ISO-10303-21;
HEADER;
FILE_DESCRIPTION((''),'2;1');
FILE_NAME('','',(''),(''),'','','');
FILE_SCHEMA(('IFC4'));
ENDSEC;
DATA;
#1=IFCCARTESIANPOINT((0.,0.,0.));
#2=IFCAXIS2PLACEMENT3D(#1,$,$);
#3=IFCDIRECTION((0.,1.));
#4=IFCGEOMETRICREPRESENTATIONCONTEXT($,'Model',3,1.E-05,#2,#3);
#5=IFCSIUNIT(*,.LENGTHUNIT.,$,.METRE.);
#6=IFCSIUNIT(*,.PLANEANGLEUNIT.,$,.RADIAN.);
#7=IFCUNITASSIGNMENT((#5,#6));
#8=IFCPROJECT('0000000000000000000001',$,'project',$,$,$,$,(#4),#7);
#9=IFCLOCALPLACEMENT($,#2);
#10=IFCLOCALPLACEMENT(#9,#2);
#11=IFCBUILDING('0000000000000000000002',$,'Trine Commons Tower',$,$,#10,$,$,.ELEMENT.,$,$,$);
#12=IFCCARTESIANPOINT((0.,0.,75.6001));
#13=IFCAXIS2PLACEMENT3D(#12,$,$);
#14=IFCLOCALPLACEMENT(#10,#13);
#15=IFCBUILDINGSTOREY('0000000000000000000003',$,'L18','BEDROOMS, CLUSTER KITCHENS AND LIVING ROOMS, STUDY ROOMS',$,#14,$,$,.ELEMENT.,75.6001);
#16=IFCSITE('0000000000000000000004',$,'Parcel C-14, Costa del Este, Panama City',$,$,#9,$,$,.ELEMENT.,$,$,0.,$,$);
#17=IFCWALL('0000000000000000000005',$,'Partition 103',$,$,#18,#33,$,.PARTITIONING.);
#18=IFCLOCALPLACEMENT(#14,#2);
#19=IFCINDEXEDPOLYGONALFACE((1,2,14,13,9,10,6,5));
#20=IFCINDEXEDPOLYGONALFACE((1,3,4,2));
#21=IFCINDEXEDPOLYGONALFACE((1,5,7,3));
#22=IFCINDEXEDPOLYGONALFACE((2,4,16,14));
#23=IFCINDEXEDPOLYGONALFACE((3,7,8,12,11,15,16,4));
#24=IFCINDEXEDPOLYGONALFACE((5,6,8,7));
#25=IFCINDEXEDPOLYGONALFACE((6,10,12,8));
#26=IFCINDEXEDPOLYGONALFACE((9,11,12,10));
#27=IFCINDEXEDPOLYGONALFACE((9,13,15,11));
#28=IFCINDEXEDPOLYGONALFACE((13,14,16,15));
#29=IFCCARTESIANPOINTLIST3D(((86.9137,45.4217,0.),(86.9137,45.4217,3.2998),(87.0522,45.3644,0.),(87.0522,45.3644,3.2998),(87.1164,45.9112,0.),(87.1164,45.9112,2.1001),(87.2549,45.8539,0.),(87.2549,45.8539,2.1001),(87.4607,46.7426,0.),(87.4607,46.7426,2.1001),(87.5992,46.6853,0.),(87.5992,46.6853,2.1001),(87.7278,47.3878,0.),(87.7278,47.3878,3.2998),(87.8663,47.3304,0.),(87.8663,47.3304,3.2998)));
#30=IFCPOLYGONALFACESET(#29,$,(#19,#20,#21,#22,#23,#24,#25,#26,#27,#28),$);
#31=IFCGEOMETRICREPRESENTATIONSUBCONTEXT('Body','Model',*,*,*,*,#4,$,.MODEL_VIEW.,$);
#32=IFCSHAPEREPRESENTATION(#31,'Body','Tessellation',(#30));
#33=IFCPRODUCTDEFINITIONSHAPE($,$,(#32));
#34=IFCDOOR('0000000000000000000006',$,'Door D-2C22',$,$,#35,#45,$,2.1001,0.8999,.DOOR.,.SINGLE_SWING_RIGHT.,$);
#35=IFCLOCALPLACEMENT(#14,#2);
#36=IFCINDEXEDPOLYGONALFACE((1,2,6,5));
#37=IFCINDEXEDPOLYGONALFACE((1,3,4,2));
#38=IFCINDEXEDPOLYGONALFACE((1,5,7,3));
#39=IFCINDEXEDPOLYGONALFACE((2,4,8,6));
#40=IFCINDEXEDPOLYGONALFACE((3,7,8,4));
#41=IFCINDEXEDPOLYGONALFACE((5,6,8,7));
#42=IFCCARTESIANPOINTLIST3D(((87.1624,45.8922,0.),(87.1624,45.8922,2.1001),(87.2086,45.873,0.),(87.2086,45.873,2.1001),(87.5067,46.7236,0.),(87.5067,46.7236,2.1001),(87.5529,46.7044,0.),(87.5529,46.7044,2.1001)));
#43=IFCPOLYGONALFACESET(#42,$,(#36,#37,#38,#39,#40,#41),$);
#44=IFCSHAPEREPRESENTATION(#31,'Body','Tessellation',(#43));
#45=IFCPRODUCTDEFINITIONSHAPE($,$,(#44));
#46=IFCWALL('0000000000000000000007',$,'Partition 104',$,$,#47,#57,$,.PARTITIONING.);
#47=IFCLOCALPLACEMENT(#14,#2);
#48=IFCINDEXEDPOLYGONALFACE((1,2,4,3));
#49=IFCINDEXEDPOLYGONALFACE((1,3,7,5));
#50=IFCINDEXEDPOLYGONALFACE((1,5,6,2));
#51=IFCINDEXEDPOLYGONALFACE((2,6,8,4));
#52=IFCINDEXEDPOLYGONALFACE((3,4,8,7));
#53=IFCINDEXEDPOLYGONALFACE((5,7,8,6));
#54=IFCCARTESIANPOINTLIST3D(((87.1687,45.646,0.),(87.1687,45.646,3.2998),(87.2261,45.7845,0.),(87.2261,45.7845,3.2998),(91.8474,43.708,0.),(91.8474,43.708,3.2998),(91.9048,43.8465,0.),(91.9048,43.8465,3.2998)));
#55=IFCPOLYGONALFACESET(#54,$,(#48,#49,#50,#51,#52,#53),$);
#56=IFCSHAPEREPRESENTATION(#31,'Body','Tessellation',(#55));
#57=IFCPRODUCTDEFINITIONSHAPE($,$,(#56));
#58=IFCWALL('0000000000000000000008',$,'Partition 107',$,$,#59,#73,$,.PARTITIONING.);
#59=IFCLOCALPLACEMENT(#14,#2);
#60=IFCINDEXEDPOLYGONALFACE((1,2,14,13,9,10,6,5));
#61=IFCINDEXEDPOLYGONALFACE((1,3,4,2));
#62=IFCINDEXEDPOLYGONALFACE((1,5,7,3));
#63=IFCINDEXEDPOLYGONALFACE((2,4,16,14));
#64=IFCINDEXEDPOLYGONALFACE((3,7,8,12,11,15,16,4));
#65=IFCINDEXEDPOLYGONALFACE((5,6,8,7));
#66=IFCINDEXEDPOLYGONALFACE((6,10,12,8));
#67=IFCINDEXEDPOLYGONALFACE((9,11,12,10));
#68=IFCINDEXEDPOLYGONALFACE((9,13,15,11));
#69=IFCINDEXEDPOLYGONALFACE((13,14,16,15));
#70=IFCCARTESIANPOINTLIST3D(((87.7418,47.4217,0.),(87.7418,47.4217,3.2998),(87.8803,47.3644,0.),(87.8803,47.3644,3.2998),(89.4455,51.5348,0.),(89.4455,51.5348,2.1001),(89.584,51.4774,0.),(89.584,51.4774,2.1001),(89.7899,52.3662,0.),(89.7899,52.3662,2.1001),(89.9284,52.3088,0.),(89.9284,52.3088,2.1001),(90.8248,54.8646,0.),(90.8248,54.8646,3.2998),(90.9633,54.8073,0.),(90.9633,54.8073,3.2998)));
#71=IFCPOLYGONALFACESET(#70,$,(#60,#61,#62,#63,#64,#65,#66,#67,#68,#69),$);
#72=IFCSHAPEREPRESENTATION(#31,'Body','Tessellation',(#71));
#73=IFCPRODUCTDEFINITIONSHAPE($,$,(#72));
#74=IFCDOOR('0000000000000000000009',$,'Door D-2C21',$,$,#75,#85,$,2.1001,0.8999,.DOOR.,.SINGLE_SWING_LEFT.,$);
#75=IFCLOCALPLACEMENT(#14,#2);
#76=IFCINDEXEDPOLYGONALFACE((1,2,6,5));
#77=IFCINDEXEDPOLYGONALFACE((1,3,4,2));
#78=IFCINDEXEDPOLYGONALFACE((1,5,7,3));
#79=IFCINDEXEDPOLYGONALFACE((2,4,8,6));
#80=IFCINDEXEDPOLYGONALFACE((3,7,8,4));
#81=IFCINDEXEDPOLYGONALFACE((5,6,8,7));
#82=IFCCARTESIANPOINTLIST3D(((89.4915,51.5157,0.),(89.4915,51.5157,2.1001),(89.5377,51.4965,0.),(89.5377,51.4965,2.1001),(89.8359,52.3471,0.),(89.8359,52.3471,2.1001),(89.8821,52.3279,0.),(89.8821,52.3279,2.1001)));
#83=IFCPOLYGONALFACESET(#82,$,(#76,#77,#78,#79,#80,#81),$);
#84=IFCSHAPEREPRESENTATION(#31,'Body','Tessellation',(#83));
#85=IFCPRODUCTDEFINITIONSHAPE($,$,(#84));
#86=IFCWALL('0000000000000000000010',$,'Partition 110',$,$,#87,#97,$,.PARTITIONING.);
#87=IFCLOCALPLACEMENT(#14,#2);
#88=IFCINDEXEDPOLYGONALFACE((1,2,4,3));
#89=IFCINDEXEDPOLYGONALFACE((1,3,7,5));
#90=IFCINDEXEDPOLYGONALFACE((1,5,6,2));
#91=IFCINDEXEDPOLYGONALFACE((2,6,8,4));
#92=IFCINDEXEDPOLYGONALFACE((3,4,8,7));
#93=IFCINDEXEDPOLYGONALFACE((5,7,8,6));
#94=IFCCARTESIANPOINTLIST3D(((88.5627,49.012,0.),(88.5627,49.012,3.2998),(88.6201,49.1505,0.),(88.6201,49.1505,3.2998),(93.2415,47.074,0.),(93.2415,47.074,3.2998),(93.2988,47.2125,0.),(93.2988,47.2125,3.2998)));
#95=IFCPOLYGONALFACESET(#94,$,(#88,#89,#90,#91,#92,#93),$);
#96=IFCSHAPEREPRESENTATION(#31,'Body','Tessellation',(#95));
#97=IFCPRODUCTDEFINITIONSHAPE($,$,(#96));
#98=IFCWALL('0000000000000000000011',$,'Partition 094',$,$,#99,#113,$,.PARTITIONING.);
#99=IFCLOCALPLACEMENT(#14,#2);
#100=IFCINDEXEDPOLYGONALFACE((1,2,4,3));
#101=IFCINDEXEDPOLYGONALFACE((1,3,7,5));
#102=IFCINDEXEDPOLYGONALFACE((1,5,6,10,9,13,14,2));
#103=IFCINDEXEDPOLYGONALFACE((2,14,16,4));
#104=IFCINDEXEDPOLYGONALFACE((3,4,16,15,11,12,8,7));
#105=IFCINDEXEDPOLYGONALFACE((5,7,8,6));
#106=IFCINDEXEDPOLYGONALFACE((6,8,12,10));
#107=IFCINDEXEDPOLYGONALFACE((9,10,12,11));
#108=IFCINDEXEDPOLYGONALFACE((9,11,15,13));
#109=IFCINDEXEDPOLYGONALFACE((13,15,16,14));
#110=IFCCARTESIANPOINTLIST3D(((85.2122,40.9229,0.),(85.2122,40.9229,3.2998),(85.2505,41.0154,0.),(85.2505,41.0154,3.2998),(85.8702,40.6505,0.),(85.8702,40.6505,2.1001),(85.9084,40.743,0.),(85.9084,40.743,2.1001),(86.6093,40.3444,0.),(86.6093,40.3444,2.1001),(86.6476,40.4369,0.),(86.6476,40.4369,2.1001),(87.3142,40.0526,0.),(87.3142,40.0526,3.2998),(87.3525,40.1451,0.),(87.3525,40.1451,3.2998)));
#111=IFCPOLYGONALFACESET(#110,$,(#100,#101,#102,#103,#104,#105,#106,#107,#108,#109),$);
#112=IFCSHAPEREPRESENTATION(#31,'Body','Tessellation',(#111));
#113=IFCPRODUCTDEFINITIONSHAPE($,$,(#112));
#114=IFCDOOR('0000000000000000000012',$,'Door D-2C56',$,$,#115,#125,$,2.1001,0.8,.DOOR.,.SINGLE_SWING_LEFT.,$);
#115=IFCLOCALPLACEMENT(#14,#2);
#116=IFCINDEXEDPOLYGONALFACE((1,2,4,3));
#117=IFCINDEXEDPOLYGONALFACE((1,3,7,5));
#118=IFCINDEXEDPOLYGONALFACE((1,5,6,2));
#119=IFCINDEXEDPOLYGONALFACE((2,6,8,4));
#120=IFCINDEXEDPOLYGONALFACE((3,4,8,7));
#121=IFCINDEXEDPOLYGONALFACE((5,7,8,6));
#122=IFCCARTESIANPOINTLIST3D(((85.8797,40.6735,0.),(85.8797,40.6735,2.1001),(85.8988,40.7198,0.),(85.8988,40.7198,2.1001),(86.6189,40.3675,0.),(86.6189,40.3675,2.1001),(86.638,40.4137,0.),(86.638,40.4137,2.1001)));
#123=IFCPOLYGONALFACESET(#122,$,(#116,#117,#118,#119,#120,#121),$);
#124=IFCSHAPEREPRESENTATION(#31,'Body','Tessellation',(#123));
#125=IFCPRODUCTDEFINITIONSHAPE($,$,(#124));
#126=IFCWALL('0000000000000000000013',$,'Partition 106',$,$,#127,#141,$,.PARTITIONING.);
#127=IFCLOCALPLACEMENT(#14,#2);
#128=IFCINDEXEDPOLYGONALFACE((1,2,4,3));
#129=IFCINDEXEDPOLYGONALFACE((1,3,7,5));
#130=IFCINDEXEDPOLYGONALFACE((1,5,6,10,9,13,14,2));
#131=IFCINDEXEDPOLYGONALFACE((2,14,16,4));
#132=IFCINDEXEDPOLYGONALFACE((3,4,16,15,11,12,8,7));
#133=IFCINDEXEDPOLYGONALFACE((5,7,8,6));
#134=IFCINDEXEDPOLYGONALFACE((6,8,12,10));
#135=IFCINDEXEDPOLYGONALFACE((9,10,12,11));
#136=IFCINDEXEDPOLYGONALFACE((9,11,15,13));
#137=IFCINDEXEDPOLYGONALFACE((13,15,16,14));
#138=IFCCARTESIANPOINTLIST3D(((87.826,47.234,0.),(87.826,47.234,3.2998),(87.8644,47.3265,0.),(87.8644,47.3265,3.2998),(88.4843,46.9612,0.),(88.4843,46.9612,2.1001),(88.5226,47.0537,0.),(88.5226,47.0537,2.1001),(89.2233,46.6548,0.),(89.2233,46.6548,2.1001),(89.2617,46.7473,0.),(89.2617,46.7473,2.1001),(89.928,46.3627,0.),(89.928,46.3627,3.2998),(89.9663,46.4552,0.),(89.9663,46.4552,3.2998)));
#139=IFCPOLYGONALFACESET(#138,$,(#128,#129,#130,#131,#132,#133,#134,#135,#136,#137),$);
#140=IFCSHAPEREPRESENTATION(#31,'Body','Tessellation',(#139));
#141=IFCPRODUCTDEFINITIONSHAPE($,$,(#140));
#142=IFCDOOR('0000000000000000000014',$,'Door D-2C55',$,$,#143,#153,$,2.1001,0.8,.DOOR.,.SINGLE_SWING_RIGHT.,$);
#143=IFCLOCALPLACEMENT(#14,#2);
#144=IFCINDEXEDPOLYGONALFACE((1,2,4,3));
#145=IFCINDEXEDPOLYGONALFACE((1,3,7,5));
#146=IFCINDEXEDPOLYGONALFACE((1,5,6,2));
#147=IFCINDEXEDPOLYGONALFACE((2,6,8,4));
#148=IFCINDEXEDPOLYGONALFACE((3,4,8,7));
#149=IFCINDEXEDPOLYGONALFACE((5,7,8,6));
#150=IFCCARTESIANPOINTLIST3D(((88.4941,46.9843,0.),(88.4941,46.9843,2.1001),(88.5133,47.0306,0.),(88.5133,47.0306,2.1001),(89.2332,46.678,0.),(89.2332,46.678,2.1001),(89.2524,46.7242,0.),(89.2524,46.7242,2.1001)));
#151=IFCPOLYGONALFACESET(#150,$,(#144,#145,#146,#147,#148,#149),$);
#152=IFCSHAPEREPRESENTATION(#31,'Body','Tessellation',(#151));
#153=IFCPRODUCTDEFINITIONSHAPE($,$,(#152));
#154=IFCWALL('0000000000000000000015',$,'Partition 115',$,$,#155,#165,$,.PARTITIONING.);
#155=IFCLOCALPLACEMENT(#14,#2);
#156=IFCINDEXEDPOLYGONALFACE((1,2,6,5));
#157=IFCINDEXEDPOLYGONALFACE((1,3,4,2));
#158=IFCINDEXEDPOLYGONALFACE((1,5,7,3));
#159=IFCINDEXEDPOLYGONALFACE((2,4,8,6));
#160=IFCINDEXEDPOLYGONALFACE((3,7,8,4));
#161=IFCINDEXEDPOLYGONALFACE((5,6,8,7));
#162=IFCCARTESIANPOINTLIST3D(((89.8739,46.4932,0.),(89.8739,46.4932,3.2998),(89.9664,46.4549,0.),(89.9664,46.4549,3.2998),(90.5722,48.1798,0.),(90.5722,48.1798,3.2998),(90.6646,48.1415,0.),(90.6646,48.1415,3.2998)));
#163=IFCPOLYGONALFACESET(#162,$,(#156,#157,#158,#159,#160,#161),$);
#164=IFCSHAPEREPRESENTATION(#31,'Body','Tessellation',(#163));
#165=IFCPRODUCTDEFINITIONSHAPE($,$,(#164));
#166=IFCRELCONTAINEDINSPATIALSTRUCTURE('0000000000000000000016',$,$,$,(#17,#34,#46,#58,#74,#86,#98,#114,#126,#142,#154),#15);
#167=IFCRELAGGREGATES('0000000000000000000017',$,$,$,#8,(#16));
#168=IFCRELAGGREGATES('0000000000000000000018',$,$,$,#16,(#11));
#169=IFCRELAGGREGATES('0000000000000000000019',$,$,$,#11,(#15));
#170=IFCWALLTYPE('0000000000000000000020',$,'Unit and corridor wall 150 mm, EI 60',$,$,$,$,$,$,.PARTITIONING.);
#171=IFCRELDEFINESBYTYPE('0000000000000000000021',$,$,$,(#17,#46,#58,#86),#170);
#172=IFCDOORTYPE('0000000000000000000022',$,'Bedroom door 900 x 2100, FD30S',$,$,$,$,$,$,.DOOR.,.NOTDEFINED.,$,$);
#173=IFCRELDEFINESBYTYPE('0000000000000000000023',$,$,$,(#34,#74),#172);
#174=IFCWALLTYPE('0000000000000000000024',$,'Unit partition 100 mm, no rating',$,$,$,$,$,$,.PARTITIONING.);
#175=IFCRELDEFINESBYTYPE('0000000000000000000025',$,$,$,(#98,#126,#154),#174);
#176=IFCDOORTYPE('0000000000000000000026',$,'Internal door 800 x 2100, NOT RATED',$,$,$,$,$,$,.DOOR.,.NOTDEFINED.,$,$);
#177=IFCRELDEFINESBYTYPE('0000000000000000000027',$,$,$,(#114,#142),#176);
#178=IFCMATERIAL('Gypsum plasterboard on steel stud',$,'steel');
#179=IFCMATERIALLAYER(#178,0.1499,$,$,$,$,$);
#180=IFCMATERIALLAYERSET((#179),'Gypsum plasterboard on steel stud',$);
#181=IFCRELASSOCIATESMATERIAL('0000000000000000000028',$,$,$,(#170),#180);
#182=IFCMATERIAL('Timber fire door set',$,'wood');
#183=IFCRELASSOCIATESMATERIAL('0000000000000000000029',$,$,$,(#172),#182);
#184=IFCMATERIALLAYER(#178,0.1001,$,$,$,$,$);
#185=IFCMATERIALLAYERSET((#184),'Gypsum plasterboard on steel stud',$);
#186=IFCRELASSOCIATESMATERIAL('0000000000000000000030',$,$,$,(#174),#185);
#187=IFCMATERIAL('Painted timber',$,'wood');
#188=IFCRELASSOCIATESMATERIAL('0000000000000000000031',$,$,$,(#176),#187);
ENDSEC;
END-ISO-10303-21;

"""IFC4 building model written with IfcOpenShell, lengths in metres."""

from ifc_helpers import new_model, si_unit, direction, frame, frame_2d, origin, place, context, subcontext, project, spatial, rectangle, extrude, material, layer, layer_set, type_object, element, fill, save


model = new_model("IFC4")

# Units and contexts
model_context = context("Model", 3, precision=1e-05, world=origin(), true_north=direction((0.0, 1.0)))
body_context = subcontext(model_context, "Body", "Model", "MODEL_VIEW")
ifc_project = project(units=[si_unit("LENGTHUNIT", "METRE"), si_unit("PLANEANGLEUNIT", "RADIAN")], contexts=[model_context])

# Site, building, storey
site_placement = place(None, origin())
site = spatial("IfcSite", under=ifc_project, at=site_placement, Name="Parcel C-14, Costa del Este, Panama City", CompositionType="ELEMENT", RefElevation=0.0)
building_placement = place(site_placement, origin())
building = spatial("IfcBuilding", under=site, at=building_placement, Name="Trine Commons Tower", CompositionType="ELEMENT")
storey_placement = place(building_placement, frame((0.0, 0.0, 75.6001)))
storey = spatial("IfcBuildingStorey", under=building, at=storey_placement, Name="L18", Description="BEDROOMS, CLUSTER KITCHENS AND LIVING ROOMS, STUDY ROOMS", CompositionType="ELEMENT", Elevation=75.6001)

# Shared definitions
ifc_material_1 = material(Name="Gypsum plasterboard on steel stud", Category="steel")
ifc_layer_1 = layer(ifc_material_1, 0.1499)
ifc_layer_set_1 = layer_set([ifc_layer_1], Name="Gypsum plasterboard on steel stud")
wall_type_1 = type_object("IfcWallType", Name="Unit and corridor wall 150 mm, EI 60", PredefinedType="PARTITIONING", material=ifc_layer_set_1)
ifc_material_2 = material(Name="Timber fire door set", Category="wood")

# Shared definitions
ifc_material_3 = material(Name="Painted timber", Category="wood")

# Wall, opening, door
wall_1_placement = place(storey_placement, frame((86.9829, 45.3931, 0.0), z_axis=(0.0, 0.0, 1.0), x_axis=(0.382619, 0.923906, 0.0)))
wall_1 = element("IfcWall", 1, at=wall_1_placement, inside=storey, type_object=wall_type_1, Name="Partition 103", PredefinedType="PARTITIONING", context=body_context, shape_type="SweptSolid", body=[
    extrude(rectangle(XDim=2.1279, YDim=0.1499, at=frame_2d((1.064, 0.0))), origin(), (0.0, 0.0, 1.0), 3.2998),
])
opening_1_placement = place(wall_1_placement, frame((0.5298, 0.0, 0.0)))
opening_1 = element("IfcOpeningElement", 2, at=opening_1_placement, cuts=wall_1, PredefinedType="OPENING", context=body_context, shape_type="SweptSolid", body=[
    extrude(rectangle(XDim=0.8999, YDim=2.1001, at=frame_2d((0.45, 1.05))), frame((0.0, 0.085, 0.0), z_axis=(0.0, -1.0, 0.0), x_axis=(1.0, 0.0, 0.0)), (0.0, 0.0, 1.0), 0.1699),
])
door_type_1 = type_object("IfcDoorType", Name="Bedroom door 900 x 2100, FD30S", OperationType="NOTDEFINED", PredefinedType="DOOR", material=ifc_material_2)
door_1_placement = place(opening_1_placement, frame((0.8999, 0.0, 0.0), z_axis=(0.0, 0.0, 1.0), x_axis=(-1.0, 0.0, 0.0)))
door_1 = element("IfcDoor", 3, at=door_1_placement, inside=storey, type_object=door_type_1, Name="Door D-2C22", OperationType="SINGLE_SWING_RIGHT", OverallHeight=2.1001, OverallWidth=0.8999, PredefinedType="DOOR", context=body_context, shape_type="SweptSolid", body=[
    extrude(rectangle(XDim=0.8999, YDim=2.1001, at=frame_2d((0.45, 1.05))), frame((0.0, 0.0249, 0.0), z_axis=(0.0, -1.0, 0.0), x_axis=(1.0, 0.0, 0.0)), (0.0, 0.0, 1.0), 0.05),
])
fill(opening_1, door_1)

# Wall
wall_2_placement = place(storey_placement, frame((87.1973, 45.7153, 0.0), z_axis=(0.0, 0.0, 1.0), x_axis=(0.923879, -0.382684, 0.0)))
element("IfcWall", 4, at=wall_2_placement, inside=storey, type_object=wall_type_1, Name="Partition 104", PredefinedType="PARTITIONING", context=body_context, shape_type="SweptSolid", body=[
    extrude(rectangle(XDim=5.0642, YDim=0.1499, at=frame_2d((2.5322, 0.0))), origin(), (0.0, 0.0, 1.0), 3.2998),
])

# Wall, opening, door
wall_3_placement = place(storey_placement, frame((87.811, 47.3931, 0.0), z_axis=(0.0, 0.0, 1.0), x_axis=(0.382691, 0.923876, 0.0)))
wall_3 = element("IfcWall", 5, at=wall_3_placement, inside=storey, type_object=wall_type_1, Name="Partition 107", PredefinedType="PARTITIONING", context=body_context, shape_type="SweptSolid", body=[
    extrude(rectangle(XDim=8.0562, YDim=0.1499, at=frame_2d((4.0281, 0.0))), origin(), (0.0, 0.0, 1.0), 3.2998),
])
opening_2_placement = place(wall_3_placement, frame((4.4519, 0.0, 0.0)))
opening_2 = element("IfcOpeningElement", 6, at=opening_2_placement, cuts=wall_3, PredefinedType="OPENING", context=body_context, shape_type="SweptSolid", body=[
    extrude(rectangle(XDim=0.8999, YDim=2.1001, at=frame_2d((0.45, 1.05))), frame((0.0, 0.085, 0.0), z_axis=(0.0, -1.0, 0.0), x_axis=(1.0, 0.0, 0.0)), (0.0, 0.0, 1.0), 0.1699),
])
door_2_placement = place(opening_2_placement, frame((0.8999, 0.0, 0.0), z_axis=(0.0, 0.0, 1.0), x_axis=(-1.0, 0.0, 0.0)))
door_2 = element("IfcDoor", 7, at=door_2_placement, inside=storey, type_object=door_type_1, Name="Door D-2C21", OperationType="SINGLE_SWING_LEFT", OverallHeight=2.1001, OverallWidth=0.8999, PredefinedType="DOOR", context=body_context, shape_type="SweptSolid", body=[
    extrude(rectangle(XDim=0.8999, YDim=2.1001, at=frame_2d((0.45, 1.05))), frame((0.0, 0.0249, 0.0), z_axis=(0.0, -1.0, 0.0), x_axis=(1.0, 0.0, 0.0)), (0.0, 0.0, 1.0), 0.05),
])
fill(opening_2, door_2)

# Wall
wall_4_placement = place(storey_placement, frame((88.5913, 49.0813, 0.0), z_axis=(0.0, 0.0, 1.0), x_axis=(0.923879, -0.382684, 0.0)))
element("IfcWall", 8, at=wall_4_placement, inside=storey, type_object=wall_type_1, Name="Partition 110", PredefinedType="PARTITIONING", context=body_context, shape_type="SweptSolid", body=[
    extrude(rectangle(XDim=5.0642, YDim=0.1499, at=frame_2d((2.5322, 0.0))), origin(), (0.0, 0.0, 1.0), 3.2998),
])

# Walls, openings, doors
ifc_layer_2 = layer(ifc_material_1, 0.1001)
ifc_layer_set_2 = layer_set([ifc_layer_2], Name="Gypsum plasterboard on steel stud")
wall_type_2 = type_object("IfcWallType", Name="Unit partition 100 mm, no rating", PredefinedType="PARTITIONING", material=ifc_layer_set_2)
wall_5_placement = place(storey_placement, frame((85.2312, 40.9692, 0.0), z_axis=(0.0, 0.0, 1.0), x_axis=(0.923932, -0.382557, 0.0)))
wall_5 = element("IfcWall", 9, at=wall_5_placement, inside=storey, type_object=wall_type_2, Name="Partition 094", PredefinedType="PARTITIONING", context=body_context, shape_type="SweptSolid", body=[
    extrude(rectangle(XDim=2.2751, YDim=0.1001, at=frame_2d((1.1377, 0.0))), origin(), (0.0, 0.0, 1.0), 3.2998),
])
opening_3_placement = place(wall_5_placement, frame((0.7124, 0.0, 0.0)))
opening_3 = element("IfcOpeningElement", 10, at=opening_3_placement, cuts=wall_5, PredefinedType="OPENING", context=body_context, shape_type="SweptSolid", body=[
    extrude(rectangle(XDim=0.8, YDim=2.1001, at=frame_2d((0.3999, 1.05))), frame((0.0, 0.0601, 0.0), z_axis=(0.0, -1.0, 0.0), x_axis=(1.0, 0.0, 0.0)), (0.0, 0.0, 1.0), 0.1201),
])
door_type_2 = type_object("IfcDoorType", Name="Internal door 800 x 2100, NOT RATED", OperationType="NOTDEFINED", PredefinedType="DOOR", material=ifc_material_3)
door_3_placement = place(opening_3_placement, origin())
door_3 = element("IfcDoor", 11, at=door_3_placement, inside=storey, type_object=door_type_2, Name="Door D-2C56", OperationType="SINGLE_SWING_LEFT", OverallHeight=2.1001, OverallWidth=0.8, PredefinedType="DOOR", context=body_context, shape_type="SweptSolid", body=[
    extrude(rectangle(XDim=0.8, YDim=2.1001, at=frame_2d((0.3999, 1.05))), frame((0.0, 0.0249, 0.0), z_axis=(0.0, -1.0, 0.0), x_axis=(1.0, 0.0, 0.0)), (0.0, 0.0, 1.0), 0.05),
])
fill(opening_3, door_3)
wall_6_placement = place(storey_placement, frame((87.8452, 47.2803, 0.0), z_axis=(0.0, 0.0, 1.0), x_axis=(0.92378, -0.382923, 0.0)))
wall_6 = element("IfcWall", 12, at=wall_6_placement, inside=storey, type_object=wall_type_2, Name="Partition 106", PredefinedType="PARTITIONING", context=body_context, shape_type="SweptSolid", body=[
    extrude(rectangle(XDim=2.2754, YDim=0.1001, at=frame_2d((1.1377, 0.0))), origin(), (0.0, 0.0, 1.0), 3.2998),
])
opening_4_placement = place(wall_6_placement, frame((0.7126, 0.0, 0.0)))
opening_4 = element("IfcOpeningElement", 13, at=opening_4_placement, cuts=wall_6, PredefinedType="OPENING", context=body_context, shape_type="SweptSolid", body=[
    extrude(rectangle(XDim=0.8, YDim=2.1001, at=frame_2d((0.3999, 1.05))), frame((0.0, 0.0601, 0.0), z_axis=(0.0, -1.0, 0.0), x_axis=(1.0, 0.0, 0.0)), (0.0, 0.0, 1.0), 0.1201),
])
door_4_placement = place(opening_4_placement, frame((0.8, 0.0, 0.0), z_axis=(0.0, 0.0, 1.0), x_axis=(-1.0, 0.0, 0.0)))
door_4 = element("IfcDoor", 14, at=door_4_placement, inside=storey, type_object=door_type_2, Name="Door D-2C55", OperationType="SINGLE_SWING_RIGHT", OverallHeight=2.1001, OverallWidth=0.8, PredefinedType="DOOR", context=body_context, shape_type="SweptSolid", body=[
    extrude(rectangle(XDim=0.8, YDim=2.1001, at=frame_2d((0.3999, 1.05))), frame((0.0, 0.0249, 0.0), z_axis=(0.0, -1.0, 0.0), x_axis=(1.0, 0.0, 0.0)), (0.0, 0.0, 1.0), 0.05),
])
fill(opening_4, door_4)

# Wall
wall_7_placement = place(storey_placement, frame((89.9202, 46.4741, 0.0), z_axis=(0.0, 0.0, 1.0), x_axis=(0.382525, 0.923945, 0.0)))
element("IfcWall", 15, at=wall_7_placement, inside=storey, type_object=wall_type_2, Name="Partition 115", PredefinedType="PARTITIONING", context=body_context, shape_type="SweptSolid", body=[
    extrude(rectangle(XDim=1.8254, YDim=0.1001, at=frame_2d((0.9126, 0.0))), origin(), (0.0, 0.0, 1.0), 3.2998),
])

save(model, "model.ifc")
